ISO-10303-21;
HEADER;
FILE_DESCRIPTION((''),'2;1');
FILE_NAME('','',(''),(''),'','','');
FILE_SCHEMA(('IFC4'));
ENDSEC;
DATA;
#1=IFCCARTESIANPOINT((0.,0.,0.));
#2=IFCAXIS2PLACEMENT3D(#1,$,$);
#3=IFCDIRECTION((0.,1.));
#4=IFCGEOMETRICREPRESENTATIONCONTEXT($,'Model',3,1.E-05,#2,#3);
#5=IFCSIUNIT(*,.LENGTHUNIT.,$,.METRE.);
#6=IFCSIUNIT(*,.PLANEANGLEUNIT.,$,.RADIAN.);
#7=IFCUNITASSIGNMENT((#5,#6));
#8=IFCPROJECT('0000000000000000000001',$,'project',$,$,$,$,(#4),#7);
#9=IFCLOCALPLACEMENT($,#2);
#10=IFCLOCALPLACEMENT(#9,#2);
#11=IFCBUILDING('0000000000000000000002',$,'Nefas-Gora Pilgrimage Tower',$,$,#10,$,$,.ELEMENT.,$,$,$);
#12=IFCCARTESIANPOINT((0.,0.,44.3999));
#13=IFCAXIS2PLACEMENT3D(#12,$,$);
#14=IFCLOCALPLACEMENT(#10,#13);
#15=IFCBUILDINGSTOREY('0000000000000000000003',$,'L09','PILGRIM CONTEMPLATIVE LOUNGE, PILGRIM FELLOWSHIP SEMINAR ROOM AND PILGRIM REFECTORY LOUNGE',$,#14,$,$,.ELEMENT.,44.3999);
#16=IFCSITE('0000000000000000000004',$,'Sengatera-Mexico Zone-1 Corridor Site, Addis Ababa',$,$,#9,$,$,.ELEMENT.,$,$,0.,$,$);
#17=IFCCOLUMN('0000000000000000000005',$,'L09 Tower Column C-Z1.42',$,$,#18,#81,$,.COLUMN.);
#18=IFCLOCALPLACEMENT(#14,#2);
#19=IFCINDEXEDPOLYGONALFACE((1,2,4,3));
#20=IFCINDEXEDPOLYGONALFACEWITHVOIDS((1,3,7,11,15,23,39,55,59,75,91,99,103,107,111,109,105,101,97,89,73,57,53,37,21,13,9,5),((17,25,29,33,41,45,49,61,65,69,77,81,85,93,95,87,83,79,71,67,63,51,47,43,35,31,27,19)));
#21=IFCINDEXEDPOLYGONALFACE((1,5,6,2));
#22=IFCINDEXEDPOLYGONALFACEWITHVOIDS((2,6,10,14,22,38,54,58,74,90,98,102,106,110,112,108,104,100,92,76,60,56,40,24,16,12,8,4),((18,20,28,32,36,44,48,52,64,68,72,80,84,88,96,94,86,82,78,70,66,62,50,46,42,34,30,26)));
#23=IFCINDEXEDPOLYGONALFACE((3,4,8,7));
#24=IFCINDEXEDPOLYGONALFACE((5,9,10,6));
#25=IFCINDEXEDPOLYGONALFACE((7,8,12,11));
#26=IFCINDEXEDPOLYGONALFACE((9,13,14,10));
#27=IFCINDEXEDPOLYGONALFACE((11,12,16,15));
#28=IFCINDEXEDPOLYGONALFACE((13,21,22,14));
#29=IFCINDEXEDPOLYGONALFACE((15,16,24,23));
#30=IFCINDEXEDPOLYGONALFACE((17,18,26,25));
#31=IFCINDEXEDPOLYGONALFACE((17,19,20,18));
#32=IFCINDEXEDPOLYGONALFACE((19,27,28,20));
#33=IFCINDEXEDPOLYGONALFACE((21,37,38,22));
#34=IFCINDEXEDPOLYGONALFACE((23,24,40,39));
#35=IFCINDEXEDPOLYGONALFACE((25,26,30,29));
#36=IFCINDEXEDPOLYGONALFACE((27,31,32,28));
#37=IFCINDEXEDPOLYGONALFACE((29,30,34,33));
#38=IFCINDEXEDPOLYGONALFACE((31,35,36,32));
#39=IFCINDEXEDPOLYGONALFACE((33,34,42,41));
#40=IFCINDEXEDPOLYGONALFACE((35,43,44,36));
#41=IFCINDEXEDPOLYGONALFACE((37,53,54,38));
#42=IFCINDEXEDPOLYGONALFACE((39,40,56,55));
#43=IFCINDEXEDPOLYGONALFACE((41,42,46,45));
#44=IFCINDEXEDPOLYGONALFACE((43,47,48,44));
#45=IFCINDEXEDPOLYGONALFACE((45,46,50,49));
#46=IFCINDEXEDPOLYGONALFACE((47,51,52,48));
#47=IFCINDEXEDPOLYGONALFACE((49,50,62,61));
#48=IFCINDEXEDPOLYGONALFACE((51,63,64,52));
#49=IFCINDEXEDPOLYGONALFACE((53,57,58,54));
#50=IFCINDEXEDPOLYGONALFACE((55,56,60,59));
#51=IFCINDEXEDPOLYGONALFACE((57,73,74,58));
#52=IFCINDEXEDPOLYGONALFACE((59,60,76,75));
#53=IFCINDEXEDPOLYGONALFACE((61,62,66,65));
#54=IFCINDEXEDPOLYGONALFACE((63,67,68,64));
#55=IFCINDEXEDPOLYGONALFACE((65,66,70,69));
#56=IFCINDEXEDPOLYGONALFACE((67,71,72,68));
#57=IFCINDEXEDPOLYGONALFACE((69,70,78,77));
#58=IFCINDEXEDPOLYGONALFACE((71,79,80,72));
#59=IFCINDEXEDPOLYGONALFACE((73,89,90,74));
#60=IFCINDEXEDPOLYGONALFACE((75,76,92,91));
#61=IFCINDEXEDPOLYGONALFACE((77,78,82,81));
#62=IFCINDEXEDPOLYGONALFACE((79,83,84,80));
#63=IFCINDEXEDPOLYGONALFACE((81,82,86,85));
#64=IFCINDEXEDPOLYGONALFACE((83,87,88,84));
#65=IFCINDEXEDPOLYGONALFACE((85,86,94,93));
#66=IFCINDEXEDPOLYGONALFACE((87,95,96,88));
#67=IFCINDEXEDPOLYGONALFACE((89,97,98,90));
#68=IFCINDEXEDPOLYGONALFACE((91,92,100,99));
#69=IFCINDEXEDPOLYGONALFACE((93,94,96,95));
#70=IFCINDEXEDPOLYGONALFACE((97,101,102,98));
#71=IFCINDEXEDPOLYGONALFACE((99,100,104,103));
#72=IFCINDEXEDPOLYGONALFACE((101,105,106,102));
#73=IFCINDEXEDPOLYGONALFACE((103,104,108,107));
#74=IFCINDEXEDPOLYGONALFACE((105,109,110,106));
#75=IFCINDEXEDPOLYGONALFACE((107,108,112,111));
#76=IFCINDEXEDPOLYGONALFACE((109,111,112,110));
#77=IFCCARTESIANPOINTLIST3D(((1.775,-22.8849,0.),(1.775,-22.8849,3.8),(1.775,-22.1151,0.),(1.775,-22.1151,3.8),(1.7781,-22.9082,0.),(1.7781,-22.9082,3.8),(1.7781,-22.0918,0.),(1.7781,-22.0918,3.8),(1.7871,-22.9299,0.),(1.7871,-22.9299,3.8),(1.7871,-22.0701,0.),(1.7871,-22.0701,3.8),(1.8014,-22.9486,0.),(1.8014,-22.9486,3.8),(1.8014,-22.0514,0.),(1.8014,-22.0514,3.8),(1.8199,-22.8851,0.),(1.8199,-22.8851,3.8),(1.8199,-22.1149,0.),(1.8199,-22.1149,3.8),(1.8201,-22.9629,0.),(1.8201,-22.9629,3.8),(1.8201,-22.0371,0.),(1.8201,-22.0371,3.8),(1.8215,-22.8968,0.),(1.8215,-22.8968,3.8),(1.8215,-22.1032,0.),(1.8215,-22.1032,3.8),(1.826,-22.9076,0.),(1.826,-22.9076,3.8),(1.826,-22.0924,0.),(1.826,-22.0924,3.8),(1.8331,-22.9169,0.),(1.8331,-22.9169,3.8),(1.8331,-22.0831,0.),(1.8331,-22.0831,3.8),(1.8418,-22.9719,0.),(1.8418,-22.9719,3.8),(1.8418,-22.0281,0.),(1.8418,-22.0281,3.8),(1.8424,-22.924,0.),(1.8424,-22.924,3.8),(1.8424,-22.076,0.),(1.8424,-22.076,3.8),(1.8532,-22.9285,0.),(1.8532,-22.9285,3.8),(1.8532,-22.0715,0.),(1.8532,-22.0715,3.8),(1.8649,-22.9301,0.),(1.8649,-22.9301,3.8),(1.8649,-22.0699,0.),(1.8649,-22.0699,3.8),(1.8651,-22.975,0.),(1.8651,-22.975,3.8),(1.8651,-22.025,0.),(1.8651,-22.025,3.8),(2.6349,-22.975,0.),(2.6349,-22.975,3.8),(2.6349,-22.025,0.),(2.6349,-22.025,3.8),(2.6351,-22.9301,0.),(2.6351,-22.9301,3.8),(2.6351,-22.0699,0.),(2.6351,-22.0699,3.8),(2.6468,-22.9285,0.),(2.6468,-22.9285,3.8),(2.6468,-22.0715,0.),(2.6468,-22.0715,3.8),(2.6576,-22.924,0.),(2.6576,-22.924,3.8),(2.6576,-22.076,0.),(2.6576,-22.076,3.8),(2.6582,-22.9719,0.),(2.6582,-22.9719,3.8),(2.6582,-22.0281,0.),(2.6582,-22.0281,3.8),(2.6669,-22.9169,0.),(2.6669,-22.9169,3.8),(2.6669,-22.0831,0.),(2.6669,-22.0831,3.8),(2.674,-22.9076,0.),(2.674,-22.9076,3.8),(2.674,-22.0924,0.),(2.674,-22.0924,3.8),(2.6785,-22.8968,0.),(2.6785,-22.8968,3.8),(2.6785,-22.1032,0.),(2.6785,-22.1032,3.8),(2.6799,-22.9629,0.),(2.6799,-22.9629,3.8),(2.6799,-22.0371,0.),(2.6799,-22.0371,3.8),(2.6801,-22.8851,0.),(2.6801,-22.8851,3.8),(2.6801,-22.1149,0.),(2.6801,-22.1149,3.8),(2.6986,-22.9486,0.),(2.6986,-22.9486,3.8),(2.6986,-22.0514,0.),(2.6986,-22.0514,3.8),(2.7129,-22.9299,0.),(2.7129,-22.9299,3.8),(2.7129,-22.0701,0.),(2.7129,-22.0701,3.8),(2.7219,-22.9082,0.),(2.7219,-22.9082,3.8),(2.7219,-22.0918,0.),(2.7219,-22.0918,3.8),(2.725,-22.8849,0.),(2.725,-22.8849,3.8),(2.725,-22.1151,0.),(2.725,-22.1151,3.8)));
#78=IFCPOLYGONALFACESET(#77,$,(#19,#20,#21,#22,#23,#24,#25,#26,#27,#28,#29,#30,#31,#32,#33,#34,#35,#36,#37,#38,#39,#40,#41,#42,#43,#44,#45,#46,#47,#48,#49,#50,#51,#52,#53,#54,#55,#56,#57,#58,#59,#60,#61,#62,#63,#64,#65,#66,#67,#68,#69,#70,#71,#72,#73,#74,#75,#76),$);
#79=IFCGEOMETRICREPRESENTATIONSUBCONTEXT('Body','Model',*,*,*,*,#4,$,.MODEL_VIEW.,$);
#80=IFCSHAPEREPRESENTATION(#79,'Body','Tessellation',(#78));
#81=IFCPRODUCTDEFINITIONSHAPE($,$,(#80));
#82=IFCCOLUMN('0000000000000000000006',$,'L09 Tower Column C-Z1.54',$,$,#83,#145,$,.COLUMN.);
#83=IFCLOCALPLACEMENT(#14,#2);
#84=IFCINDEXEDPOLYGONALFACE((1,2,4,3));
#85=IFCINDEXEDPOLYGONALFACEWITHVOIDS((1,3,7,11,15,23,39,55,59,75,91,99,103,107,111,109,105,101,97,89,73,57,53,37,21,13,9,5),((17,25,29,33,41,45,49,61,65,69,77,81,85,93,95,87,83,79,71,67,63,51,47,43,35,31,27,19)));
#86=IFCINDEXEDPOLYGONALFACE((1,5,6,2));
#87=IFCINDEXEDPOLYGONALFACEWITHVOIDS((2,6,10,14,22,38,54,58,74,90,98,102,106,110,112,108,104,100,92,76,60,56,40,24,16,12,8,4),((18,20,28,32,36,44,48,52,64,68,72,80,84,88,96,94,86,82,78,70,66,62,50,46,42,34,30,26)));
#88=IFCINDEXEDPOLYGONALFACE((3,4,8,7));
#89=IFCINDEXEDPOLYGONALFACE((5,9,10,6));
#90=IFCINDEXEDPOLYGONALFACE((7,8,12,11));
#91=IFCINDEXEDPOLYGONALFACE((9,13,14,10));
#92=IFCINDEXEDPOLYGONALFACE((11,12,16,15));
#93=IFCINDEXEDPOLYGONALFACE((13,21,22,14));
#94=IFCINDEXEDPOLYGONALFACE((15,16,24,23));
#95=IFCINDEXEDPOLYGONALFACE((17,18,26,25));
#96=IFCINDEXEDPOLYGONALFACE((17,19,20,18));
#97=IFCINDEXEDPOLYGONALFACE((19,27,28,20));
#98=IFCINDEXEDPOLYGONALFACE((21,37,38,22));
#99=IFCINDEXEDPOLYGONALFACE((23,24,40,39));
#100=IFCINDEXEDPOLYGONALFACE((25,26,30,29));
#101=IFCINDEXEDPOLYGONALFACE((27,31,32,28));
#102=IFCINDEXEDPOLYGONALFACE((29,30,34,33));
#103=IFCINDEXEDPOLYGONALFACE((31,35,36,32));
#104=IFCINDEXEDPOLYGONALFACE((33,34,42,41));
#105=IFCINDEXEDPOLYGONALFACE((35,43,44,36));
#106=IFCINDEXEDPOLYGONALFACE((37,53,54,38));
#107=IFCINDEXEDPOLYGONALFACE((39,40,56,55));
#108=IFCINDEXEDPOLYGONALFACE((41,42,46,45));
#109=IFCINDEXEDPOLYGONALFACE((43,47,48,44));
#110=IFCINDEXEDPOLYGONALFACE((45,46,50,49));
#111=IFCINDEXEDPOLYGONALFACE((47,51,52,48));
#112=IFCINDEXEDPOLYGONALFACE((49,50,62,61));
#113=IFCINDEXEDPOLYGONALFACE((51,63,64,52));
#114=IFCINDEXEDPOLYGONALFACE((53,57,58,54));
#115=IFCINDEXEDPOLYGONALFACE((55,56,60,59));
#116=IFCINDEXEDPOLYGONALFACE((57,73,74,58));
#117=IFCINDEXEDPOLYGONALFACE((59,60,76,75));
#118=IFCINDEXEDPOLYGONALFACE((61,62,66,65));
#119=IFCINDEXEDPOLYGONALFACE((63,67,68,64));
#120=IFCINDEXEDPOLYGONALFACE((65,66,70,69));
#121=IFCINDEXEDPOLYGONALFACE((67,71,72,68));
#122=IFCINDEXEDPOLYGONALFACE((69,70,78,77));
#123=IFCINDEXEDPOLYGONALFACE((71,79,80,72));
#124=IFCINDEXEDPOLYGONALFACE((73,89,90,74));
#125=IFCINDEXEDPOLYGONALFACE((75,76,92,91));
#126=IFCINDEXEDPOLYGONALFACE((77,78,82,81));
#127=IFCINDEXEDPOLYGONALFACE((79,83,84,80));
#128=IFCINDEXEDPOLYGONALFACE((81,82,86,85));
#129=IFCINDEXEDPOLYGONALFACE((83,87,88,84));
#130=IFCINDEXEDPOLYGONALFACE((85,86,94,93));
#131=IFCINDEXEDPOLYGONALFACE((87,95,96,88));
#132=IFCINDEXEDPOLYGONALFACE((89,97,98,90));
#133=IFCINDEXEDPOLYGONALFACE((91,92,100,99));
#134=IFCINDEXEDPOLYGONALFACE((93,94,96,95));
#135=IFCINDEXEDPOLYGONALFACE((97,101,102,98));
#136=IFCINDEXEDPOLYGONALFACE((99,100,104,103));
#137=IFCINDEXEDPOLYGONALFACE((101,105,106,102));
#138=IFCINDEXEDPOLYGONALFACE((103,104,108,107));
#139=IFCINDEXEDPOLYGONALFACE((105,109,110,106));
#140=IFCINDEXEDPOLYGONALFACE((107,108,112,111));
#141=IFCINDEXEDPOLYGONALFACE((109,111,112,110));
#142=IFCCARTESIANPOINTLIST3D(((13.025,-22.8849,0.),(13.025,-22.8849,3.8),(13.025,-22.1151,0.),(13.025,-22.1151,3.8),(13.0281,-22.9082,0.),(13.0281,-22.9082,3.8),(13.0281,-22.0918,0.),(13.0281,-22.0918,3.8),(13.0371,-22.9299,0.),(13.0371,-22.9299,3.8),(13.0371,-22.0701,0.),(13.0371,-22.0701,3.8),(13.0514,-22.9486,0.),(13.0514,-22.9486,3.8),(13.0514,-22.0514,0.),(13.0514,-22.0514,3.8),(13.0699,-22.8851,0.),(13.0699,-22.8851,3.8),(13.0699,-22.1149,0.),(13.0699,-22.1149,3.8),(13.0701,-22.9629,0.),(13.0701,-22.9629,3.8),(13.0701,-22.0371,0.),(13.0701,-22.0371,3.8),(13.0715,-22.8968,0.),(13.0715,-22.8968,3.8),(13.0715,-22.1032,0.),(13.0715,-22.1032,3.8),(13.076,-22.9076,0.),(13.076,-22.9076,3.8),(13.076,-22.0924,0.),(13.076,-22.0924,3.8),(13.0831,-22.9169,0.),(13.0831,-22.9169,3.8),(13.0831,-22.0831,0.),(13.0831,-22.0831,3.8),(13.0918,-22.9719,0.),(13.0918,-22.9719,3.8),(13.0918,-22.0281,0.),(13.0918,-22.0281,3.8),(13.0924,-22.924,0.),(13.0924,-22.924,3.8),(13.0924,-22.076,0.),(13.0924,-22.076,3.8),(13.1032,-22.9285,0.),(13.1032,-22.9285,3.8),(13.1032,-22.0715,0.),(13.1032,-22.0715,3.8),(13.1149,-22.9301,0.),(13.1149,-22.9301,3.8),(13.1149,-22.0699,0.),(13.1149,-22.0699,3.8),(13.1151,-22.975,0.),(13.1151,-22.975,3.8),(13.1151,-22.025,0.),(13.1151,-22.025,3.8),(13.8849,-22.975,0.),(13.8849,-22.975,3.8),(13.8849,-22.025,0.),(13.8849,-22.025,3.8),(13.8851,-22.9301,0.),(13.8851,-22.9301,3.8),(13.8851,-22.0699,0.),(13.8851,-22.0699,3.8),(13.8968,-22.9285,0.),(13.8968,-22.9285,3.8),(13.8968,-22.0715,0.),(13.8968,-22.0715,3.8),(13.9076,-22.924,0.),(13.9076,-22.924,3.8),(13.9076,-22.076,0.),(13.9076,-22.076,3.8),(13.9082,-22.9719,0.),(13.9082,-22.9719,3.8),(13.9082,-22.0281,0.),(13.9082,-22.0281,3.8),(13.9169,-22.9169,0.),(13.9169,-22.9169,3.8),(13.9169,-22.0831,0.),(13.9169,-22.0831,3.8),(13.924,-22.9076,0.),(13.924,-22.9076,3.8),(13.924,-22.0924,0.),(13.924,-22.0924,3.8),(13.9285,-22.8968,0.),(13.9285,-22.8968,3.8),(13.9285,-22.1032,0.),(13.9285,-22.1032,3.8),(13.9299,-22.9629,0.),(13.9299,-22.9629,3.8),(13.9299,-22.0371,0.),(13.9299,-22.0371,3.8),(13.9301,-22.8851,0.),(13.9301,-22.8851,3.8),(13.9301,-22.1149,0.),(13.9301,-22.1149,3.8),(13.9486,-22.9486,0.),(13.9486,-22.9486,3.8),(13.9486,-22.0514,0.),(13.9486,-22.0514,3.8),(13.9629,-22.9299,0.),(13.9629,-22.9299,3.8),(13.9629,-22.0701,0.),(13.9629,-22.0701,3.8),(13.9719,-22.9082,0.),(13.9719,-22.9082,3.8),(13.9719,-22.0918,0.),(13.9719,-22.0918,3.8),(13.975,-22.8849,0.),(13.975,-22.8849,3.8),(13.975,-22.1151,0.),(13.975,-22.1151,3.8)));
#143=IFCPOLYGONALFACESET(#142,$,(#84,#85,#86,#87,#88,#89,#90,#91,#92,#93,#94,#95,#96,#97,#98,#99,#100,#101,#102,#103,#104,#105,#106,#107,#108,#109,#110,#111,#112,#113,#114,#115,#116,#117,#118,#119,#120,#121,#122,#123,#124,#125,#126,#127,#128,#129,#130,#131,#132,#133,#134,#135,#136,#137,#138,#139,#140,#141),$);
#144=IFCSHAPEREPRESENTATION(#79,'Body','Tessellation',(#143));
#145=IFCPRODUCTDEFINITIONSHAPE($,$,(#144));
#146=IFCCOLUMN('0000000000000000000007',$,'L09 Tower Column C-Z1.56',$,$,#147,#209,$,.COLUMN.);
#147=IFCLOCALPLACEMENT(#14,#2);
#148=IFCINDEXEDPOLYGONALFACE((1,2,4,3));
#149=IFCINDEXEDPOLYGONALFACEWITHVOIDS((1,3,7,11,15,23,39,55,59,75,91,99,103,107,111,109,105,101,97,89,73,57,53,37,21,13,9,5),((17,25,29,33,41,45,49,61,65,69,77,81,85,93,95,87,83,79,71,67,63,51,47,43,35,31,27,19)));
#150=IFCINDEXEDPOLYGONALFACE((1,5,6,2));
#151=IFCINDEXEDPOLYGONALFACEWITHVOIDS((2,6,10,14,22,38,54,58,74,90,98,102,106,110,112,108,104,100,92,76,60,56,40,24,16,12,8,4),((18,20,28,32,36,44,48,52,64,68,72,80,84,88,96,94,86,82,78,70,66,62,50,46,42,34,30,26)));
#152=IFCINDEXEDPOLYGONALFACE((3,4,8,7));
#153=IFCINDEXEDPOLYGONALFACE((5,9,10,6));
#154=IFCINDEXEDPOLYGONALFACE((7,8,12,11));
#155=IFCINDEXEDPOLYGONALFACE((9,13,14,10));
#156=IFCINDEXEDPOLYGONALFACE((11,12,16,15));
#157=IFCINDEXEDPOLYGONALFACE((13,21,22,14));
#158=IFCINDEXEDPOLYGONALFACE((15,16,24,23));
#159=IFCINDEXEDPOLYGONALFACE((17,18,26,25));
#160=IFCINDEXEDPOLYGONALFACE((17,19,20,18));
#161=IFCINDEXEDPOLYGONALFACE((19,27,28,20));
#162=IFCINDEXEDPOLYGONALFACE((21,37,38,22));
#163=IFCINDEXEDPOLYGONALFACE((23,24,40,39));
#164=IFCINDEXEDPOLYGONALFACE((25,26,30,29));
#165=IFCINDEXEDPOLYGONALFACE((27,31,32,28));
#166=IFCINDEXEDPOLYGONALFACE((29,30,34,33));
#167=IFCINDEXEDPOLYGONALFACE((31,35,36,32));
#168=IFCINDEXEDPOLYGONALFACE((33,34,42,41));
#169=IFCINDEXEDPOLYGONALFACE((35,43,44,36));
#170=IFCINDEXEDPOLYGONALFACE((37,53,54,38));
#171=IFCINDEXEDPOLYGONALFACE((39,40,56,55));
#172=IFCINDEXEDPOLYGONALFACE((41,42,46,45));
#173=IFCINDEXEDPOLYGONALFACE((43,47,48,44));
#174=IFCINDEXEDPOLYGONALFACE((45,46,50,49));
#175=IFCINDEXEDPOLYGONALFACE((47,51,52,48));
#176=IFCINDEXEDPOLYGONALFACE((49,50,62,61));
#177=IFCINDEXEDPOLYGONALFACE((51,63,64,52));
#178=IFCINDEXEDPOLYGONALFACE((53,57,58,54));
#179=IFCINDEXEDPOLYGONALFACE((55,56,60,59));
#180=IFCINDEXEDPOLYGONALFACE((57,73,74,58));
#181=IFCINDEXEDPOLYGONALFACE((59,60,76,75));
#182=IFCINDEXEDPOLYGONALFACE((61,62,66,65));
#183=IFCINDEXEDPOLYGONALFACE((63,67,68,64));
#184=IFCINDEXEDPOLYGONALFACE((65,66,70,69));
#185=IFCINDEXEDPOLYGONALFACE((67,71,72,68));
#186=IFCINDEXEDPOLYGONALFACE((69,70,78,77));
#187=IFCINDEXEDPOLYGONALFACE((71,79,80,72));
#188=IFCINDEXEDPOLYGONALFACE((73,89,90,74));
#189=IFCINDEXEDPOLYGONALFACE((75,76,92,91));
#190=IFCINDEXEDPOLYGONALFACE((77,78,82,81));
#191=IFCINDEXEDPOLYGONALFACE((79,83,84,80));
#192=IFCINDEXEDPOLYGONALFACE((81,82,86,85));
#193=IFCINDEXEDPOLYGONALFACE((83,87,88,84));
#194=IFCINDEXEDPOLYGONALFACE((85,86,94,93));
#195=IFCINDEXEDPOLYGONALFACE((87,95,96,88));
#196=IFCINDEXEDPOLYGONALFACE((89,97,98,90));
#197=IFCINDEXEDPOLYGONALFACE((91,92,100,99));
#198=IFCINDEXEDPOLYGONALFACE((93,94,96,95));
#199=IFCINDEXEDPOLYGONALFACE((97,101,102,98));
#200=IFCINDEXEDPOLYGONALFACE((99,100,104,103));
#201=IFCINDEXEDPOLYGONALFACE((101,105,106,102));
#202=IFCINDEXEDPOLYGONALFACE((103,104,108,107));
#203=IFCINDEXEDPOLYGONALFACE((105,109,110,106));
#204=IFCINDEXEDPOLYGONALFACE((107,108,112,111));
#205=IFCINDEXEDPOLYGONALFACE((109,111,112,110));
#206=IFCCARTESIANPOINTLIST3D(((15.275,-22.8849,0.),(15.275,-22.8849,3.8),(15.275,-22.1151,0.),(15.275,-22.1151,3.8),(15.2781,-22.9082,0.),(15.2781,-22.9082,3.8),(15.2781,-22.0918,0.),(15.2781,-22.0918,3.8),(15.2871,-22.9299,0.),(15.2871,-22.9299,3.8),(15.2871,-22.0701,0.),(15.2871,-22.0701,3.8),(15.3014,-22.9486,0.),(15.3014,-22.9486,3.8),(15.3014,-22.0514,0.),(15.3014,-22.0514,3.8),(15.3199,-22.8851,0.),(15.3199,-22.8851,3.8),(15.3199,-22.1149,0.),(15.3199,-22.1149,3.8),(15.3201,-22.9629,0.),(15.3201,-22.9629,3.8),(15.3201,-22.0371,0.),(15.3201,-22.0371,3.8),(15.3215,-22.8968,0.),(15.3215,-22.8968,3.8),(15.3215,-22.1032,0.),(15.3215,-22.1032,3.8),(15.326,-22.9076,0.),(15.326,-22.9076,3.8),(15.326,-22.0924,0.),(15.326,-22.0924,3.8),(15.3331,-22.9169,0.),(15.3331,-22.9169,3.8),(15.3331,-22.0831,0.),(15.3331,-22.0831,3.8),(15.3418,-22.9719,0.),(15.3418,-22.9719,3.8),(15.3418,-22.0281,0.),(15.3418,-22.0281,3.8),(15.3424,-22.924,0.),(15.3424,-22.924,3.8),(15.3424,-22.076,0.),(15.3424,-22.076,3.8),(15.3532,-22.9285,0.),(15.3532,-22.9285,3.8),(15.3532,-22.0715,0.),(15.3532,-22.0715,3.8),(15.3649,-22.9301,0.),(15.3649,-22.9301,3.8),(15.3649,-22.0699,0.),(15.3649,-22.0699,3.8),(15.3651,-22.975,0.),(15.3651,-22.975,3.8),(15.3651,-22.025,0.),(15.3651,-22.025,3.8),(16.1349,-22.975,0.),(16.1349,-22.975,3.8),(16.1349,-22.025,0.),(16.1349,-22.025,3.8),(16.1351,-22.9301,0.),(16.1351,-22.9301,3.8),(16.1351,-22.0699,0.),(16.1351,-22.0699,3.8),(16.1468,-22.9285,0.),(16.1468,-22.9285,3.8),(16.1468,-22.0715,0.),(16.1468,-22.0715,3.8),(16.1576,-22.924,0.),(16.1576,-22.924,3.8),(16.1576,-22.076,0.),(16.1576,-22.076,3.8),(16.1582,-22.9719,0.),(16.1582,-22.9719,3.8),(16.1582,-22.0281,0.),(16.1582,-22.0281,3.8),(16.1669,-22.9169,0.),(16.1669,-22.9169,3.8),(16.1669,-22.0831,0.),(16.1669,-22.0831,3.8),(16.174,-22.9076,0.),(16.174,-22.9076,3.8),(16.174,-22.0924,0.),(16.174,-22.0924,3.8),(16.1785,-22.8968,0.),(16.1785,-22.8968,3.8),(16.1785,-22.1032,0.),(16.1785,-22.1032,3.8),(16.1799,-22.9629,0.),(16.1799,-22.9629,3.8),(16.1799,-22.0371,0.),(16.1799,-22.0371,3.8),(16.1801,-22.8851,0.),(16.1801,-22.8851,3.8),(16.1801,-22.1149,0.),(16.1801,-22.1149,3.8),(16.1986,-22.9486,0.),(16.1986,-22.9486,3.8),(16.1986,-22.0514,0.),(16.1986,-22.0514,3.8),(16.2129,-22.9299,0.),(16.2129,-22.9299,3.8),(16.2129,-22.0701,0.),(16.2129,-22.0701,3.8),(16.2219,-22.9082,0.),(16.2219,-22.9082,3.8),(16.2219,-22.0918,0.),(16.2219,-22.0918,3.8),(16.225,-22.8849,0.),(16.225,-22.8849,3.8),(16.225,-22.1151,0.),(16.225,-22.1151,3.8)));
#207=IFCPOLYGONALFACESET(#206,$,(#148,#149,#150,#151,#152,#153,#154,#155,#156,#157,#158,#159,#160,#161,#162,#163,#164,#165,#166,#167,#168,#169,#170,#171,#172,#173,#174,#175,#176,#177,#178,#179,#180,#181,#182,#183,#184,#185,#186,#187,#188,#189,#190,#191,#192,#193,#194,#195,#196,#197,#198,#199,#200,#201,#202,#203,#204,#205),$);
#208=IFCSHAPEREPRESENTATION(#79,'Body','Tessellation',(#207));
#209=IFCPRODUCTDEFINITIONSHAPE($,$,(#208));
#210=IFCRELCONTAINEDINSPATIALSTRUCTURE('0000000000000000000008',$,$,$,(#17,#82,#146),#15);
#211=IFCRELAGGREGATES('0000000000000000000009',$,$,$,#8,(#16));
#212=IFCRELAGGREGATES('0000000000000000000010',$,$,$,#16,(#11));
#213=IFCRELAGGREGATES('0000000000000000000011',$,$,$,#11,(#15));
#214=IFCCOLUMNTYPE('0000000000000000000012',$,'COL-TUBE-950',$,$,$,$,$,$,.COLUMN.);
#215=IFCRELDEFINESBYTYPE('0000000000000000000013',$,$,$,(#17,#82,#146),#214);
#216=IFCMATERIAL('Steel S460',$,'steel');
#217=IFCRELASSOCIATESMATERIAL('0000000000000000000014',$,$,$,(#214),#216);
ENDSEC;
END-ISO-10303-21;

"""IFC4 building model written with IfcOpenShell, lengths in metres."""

from ifc_helpers import new_model, si_unit, direction, frame, origin, origin_2d, place, context, subcontext, project, spatial, hollow_rectangle, extrude, source, transform, mapped, material, material_profile, profile_set, type_object, element, save


model = new_model("IFC4")

# Units and contexts
model_context = context("Model", 3, precision=1e-05, world=origin(), true_north=direction((0.0, 1.0)))
body_context = subcontext(model_context, "Body", "Model", "MODEL_VIEW")
ifc_project = project(units=[si_unit("LENGTHUNIT", "METRE"), si_unit("PLANEANGLEUNIT", "RADIAN")], contexts=[model_context])

# Site, building, storey
site_placement = place(None, origin())
site = spatial("IfcSite", under=ifc_project, at=site_placement, Name="Sengatera-Mexico Zone-1 Corridor Site, Addis Ababa", CompositionType="ELEMENT", RefElevation=0.0)
building_placement = place(site_placement, origin())
building = spatial("IfcBuilding", under=site, at=building_placement, Name="Nefas-Gora Pilgrimage Tower", CompositionType="ELEMENT")
storey_placement = place(building_placement, frame((0.0, 0.0, 44.3999)))
storey = spatial("IfcBuildingStorey", under=building, at=storey_placement, Name="L09", Description="PILGRIM CONTEMPLATIVE LOUNGE, PILGRIM FELLOWSHIP SEMINAR ROOM AND PILGRIM REFECTORY LOUNGE", CompositionType="ELEMENT", Elevation=44.3999)

# Columns
ifc_material_1 = material(Name="Steel S460", Category="steel")
ifc_material_profile_1 = material_profile(ifc_material_1, hollow_rectangle(XDim=0.95, YDim=0.95, WallThickness=0.0449, InnerFilletRadius=0.0449, OuterFilletRadius=0.0901, at=origin_2d()), Name="BOX 950x950x45")
ifc_profile_set_1 = profile_set([ifc_material_profile_1], Name="Steel S460")
column_type_1 = type_object("IfcColumnType", Name="COL-TUBE-950", PredefinedType="COLUMN", material=ifc_profile_set_1)
shared_shape_1 = source(origin(), body_context, "Body", "SweptSolid", [
    extrude(hollow_rectangle(XDim=0.95, YDim=0.95, WallThickness=0.0449, InnerFilletRadius=0.0449, OuterFilletRadius=0.0901, at=origin_2d()), origin(), (0.0, 0.0, 1.0), 3.8),
])
for number, where, z_axis, x_axis, name in (
    (1, (2.25, -22.5, 0.0), (0.0, 0.0, 1.0), (1.0, 0.0, 0.0), "L09 Tower Column C-Z1.42"),
    (2, (13.5, -22.5, 0.0), (0.0, 0.0, 1.0), (1.0, 0.0, 0.0), "L09 Tower Column C-Z1.54"),
    (3, (15.75, -22.5, 0.0), (0.0, 0.0, 1.0), (1.0, 0.0, 0.0), "L09 Tower Column C-Z1.56"),
):
    element("IfcColumn", number, at=place(storey_placement, frame(where, z_axis=z_axis, x_axis=x_axis)), inside=storey, type_object=column_type_1, Name=name, PredefinedType="COLUMN", context=body_context, shape_type="MappedRepresentation", body=[
        mapped(shared_shape_1, transform((0.0, 0.0, 0.0), x_axis=(1.0, 0.0, 0.0), y_axis=(0.0, 1.0, 0.0), z_axis=(0.0, 0.0, 1.0), scale=1.0)),
    ])

save(model, "model.ifc")
